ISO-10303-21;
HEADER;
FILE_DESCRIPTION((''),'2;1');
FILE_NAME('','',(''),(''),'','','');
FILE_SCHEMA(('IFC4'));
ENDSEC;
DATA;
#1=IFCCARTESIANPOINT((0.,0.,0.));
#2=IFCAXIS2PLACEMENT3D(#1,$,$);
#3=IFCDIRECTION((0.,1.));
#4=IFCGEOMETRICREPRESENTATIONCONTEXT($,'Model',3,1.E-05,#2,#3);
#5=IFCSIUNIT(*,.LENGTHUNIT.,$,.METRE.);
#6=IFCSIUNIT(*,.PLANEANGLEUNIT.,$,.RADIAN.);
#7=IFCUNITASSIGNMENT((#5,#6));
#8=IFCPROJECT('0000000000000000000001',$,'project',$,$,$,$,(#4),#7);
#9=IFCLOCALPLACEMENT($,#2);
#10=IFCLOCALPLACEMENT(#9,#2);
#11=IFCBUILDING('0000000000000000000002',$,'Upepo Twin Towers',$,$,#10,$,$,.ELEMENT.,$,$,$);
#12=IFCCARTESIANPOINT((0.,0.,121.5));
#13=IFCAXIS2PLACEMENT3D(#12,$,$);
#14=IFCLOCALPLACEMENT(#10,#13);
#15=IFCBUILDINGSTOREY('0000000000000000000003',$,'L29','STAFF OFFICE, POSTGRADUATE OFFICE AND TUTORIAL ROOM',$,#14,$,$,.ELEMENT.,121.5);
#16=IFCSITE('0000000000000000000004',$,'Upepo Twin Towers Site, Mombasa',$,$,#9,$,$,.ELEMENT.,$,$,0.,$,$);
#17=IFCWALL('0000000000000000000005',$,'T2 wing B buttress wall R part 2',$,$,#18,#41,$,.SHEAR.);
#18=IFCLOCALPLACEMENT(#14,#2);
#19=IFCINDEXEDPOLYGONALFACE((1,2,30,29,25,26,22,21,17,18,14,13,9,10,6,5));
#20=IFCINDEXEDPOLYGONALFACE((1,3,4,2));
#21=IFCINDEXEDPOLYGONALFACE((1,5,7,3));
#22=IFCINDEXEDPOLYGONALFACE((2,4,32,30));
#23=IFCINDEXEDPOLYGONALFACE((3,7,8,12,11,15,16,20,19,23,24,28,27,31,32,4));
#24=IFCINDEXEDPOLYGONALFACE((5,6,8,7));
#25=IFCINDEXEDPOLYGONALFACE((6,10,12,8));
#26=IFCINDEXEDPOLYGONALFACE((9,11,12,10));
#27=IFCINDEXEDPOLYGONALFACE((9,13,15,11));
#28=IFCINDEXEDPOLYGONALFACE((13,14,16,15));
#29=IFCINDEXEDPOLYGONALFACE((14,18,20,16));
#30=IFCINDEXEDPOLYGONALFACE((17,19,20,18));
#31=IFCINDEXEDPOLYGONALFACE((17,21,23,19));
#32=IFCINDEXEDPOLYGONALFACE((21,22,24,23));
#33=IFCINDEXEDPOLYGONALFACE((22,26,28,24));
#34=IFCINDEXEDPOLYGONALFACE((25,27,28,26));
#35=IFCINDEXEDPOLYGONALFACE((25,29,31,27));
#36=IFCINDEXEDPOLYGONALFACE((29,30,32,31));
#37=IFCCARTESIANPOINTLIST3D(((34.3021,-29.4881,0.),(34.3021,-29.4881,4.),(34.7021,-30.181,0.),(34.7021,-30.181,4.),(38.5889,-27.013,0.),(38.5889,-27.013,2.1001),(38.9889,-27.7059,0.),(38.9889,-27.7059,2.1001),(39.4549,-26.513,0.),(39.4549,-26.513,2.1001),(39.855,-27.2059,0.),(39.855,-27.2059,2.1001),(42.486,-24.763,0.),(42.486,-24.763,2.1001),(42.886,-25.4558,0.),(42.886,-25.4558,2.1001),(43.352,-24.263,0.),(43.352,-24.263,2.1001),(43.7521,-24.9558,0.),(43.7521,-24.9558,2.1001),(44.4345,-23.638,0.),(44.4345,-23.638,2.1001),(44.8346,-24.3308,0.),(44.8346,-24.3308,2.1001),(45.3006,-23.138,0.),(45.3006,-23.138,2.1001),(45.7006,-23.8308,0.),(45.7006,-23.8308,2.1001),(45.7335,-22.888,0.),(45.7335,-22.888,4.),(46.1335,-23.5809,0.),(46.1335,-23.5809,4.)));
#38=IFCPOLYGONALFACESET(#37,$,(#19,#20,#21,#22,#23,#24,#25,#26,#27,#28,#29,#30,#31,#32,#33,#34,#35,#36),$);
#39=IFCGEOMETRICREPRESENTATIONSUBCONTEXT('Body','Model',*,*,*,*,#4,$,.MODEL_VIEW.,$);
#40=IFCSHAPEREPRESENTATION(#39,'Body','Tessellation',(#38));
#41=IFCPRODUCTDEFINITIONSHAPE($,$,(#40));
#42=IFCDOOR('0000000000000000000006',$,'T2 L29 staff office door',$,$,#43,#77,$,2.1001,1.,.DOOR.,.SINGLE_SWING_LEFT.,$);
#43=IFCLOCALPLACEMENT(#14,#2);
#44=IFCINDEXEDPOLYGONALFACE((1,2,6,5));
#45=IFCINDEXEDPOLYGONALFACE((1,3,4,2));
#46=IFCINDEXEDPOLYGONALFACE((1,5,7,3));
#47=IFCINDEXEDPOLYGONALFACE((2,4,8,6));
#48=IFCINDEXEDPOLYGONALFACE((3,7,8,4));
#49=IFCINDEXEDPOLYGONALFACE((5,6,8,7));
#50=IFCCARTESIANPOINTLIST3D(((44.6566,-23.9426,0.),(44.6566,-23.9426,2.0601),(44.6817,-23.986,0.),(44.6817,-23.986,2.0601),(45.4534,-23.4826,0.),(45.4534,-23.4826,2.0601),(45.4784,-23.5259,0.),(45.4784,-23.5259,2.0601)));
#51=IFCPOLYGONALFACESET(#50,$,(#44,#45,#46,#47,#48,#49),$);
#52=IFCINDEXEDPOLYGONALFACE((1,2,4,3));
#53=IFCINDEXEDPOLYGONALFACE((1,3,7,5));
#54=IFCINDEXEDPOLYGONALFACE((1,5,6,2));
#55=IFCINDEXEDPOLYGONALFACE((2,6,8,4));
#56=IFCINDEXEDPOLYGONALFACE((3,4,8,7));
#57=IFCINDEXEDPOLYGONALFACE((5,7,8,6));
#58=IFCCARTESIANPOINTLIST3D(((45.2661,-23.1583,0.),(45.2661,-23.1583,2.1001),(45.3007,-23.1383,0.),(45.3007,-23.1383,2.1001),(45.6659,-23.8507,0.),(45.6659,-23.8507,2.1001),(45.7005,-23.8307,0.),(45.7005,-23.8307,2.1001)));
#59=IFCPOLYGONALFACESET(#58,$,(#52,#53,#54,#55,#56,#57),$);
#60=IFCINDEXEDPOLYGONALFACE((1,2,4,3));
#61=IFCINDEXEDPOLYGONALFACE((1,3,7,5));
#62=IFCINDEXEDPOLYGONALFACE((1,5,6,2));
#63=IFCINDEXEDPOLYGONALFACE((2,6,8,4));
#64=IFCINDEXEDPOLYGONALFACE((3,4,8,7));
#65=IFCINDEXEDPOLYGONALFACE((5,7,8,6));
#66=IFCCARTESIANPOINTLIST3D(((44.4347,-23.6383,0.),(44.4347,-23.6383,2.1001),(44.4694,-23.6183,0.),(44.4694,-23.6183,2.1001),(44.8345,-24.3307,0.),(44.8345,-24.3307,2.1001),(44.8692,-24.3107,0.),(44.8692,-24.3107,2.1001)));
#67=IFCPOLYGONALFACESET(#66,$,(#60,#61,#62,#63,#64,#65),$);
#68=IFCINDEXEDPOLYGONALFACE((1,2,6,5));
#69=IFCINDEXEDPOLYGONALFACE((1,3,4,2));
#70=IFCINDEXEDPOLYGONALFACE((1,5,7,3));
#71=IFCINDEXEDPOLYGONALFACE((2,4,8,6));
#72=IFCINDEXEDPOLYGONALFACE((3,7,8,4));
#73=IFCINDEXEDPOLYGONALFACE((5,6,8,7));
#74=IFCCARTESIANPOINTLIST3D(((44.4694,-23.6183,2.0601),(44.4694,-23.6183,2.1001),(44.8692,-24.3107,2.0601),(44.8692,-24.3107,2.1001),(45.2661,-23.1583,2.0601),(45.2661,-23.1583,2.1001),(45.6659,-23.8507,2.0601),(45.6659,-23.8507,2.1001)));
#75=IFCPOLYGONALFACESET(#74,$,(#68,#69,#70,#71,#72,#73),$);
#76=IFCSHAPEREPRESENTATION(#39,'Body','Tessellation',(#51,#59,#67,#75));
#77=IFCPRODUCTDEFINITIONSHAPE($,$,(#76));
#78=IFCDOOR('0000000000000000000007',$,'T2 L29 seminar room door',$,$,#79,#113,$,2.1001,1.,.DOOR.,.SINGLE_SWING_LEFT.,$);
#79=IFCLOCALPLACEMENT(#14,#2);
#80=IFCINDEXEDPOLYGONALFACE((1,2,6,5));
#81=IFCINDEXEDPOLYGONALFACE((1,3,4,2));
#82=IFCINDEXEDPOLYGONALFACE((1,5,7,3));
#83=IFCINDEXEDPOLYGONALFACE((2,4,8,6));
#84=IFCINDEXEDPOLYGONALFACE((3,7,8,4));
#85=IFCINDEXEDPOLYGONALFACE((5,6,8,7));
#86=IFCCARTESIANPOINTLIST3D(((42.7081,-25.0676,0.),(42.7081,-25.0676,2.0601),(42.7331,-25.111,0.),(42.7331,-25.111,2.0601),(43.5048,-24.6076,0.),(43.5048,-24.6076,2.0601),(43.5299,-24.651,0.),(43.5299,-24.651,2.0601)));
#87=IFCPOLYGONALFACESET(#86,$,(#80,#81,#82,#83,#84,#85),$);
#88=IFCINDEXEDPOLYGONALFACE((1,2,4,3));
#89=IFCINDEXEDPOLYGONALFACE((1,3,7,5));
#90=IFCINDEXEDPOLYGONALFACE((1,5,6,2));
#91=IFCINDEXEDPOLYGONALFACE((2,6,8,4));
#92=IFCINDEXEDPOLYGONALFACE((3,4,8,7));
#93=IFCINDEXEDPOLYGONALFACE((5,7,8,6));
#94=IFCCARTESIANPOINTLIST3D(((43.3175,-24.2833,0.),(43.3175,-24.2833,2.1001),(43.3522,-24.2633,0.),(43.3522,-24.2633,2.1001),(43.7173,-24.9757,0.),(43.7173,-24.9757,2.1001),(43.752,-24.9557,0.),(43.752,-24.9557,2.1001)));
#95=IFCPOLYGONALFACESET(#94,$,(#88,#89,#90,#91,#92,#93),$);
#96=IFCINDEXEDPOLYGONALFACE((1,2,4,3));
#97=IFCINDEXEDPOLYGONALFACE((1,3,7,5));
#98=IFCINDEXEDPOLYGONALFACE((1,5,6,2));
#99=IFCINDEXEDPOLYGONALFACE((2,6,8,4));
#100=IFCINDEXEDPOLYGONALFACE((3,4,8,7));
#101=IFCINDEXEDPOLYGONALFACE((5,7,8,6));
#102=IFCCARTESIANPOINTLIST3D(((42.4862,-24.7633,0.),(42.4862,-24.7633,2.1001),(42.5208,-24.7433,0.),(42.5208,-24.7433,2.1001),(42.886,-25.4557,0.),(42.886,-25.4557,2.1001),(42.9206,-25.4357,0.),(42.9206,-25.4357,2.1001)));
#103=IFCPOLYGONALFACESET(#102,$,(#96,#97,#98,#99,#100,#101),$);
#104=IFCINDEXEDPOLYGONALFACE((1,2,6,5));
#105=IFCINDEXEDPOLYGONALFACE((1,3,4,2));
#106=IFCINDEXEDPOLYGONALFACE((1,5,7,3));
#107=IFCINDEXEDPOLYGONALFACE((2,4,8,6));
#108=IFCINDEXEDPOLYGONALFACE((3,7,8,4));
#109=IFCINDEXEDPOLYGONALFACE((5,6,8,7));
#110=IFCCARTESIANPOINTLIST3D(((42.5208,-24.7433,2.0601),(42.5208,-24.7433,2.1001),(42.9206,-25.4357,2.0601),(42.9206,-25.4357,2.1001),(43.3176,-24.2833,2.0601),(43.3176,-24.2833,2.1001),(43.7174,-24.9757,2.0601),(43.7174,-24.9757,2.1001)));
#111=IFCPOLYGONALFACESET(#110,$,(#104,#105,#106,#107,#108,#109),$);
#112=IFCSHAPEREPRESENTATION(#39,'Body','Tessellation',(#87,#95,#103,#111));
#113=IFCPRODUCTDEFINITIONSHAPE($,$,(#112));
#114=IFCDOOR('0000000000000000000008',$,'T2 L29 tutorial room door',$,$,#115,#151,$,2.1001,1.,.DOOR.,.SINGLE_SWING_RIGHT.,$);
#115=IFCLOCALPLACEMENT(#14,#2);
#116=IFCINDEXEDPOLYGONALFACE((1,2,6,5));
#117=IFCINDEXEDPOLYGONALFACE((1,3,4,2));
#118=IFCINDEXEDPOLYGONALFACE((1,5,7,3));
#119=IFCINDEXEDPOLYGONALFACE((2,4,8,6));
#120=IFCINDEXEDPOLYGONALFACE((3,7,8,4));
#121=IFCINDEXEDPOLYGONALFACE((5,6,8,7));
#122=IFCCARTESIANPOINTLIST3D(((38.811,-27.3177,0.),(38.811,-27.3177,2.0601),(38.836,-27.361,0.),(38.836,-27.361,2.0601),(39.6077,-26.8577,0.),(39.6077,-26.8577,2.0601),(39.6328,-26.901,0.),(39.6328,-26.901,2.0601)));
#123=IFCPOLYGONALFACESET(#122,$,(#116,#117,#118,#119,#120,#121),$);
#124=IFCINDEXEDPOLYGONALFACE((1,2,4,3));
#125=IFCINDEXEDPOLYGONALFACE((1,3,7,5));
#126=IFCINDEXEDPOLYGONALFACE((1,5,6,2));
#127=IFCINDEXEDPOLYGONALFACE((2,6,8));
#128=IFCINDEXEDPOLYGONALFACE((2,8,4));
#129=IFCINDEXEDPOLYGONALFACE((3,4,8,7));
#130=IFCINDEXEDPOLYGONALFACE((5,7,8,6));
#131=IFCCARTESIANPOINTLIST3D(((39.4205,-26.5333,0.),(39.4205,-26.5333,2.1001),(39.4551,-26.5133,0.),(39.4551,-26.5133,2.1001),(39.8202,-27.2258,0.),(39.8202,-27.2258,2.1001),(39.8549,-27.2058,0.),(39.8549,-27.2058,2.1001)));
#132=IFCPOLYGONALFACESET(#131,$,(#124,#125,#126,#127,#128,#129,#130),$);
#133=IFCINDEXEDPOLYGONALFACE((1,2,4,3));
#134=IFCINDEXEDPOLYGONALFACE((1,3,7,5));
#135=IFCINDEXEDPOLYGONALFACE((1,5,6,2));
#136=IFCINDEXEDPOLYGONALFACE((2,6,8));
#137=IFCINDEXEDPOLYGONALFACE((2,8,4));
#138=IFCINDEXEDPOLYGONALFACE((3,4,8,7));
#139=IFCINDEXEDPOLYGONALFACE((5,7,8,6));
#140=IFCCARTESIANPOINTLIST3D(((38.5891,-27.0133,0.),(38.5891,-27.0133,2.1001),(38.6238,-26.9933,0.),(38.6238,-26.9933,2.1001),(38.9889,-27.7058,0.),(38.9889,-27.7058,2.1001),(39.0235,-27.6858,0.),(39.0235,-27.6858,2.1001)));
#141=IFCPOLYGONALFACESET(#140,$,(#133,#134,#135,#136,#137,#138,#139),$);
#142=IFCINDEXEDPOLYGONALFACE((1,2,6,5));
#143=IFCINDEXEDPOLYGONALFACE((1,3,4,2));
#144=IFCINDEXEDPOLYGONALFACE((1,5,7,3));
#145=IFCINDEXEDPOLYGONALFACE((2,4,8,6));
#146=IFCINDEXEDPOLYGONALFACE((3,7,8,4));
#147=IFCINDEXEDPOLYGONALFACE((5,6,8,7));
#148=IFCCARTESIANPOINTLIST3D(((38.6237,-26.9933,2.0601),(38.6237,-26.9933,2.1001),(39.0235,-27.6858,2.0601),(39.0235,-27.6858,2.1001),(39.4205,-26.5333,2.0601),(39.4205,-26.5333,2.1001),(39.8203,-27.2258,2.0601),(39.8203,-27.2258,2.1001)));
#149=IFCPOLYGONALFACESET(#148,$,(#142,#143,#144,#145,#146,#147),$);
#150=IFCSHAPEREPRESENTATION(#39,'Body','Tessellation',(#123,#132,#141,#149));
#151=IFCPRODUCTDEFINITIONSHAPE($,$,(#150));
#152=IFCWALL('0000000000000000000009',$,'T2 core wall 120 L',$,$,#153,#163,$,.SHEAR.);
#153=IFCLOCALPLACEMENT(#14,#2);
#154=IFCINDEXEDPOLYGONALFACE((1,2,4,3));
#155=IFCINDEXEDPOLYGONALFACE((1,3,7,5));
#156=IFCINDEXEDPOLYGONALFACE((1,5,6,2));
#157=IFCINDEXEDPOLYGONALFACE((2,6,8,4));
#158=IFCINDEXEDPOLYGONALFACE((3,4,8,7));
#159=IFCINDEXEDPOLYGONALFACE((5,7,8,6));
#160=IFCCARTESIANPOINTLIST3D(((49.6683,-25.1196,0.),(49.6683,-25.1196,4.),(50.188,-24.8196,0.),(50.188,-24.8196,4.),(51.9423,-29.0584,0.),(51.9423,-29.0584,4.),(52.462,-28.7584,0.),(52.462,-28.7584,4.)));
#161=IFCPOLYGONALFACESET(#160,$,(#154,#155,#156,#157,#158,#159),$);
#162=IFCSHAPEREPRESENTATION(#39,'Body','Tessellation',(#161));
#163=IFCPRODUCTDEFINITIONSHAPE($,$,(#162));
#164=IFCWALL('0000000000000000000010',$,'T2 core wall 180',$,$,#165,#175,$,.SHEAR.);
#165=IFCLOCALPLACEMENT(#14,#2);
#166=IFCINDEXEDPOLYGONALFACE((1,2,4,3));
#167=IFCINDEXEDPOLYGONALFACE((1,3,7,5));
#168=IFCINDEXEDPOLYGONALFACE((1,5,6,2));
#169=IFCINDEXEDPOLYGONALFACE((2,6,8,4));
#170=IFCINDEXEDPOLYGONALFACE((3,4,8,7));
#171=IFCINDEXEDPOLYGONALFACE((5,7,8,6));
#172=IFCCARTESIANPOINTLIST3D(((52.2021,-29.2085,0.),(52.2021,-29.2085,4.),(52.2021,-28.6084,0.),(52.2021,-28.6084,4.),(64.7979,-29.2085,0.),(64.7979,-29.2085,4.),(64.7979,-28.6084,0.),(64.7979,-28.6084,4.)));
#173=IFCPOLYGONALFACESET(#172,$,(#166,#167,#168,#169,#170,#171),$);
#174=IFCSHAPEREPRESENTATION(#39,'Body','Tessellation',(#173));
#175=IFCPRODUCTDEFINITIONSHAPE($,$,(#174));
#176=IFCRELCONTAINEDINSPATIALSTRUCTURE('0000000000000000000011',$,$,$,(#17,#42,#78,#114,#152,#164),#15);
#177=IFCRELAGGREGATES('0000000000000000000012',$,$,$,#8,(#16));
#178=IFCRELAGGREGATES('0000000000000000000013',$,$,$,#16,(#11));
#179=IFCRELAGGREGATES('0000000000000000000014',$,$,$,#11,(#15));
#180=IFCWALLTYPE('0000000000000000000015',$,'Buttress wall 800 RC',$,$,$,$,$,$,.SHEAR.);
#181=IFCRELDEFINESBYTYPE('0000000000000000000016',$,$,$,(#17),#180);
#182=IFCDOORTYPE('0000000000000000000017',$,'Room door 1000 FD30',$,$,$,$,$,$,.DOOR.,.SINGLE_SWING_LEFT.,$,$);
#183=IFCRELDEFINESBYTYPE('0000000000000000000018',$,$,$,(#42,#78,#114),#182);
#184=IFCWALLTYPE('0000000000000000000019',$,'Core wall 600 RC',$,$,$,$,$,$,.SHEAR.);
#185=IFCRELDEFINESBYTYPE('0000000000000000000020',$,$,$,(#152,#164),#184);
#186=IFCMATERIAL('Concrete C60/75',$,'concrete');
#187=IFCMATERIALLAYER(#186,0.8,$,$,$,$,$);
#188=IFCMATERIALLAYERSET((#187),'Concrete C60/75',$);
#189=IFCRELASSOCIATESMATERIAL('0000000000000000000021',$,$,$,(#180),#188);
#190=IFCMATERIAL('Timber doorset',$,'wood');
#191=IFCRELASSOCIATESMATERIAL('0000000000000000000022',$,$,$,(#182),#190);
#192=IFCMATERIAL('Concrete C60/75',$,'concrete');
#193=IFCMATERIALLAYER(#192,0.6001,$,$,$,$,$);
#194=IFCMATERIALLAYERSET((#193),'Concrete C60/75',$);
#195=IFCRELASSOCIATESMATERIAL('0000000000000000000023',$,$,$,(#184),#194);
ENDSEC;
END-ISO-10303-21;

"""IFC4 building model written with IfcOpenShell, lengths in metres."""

from ifc_helpers import new_model, si_unit, direction, frame, frame_2d, origin, place, context, subcontext, project, spatial, rectangle, extrude, material, layer, layer_set, type_object, element, fill, save


model = new_model("IFC4")

# Units and contexts
model_context = context("Model", 3, precision=1e-05, world=origin(), true_north=direction((0.0, 1.0)))
body_context = subcontext(model_context, "Body", "Model", "MODEL_VIEW")
ifc_project = project(units=[si_unit("LENGTHUNIT", "METRE"), si_unit("PLANEANGLEUNIT", "RADIAN")], contexts=[model_context])

# Site, building, storey
site_placement = place(None, origin())
site = spatial("IfcSite", under=ifc_project, at=site_placement, Name="Upepo Twin Towers Site, Mombasa", CompositionType="ELEMENT", RefElevation=0.0)
building_placement = place(site_placement, origin())
building = spatial("IfcBuilding", under=site, at=building_placement, Name="Upepo Twin Towers", CompositionType="ELEMENT")
storey_placement = place(building_placement, frame((0.0, 0.0, 121.5)))
storey = spatial("IfcBuildingStorey", under=building, at=storey_placement, Name="L29", Description="STAFF OFFICE, POSTGRADUATE OFFICE AND TUTORIAL ROOM", CompositionType="ELEMENT", Elevation=121.5)

# Wall, openings, doors
ifc_material_1 = material(Name="Concrete C60/75", Category="concrete")
ifc_layer_1 = layer(ifc_material_1, 0.8)
ifc_layer_set_1 = layer_set([ifc_layer_1], Name="Concrete C60/75")
wall_type_1 = type_object("IfcWallType", Name="Buttress wall 800 RC", PredefinedType="SHEAR", material=ifc_layer_set_1)
ifc_material_2 = material(Name="Timber doorset", Category="wood")
door_type_1 = type_object("IfcDoorType", Name="Room door 1000 FD30", OperationType="SINGLE_SWING_LEFT", PredefinedType="DOOR", material=ifc_material_2)
wall_1_placement = place(storey_placement, frame((45.9336, -23.2344, 0.0), z_axis=(0.0, 0.0, 1.0), x_axis=(-0.86602, -0.50001, 0.0)))
wall_1 = element("IfcWall", 1, at=wall_1_placement, inside=storey, type_object=wall_type_1, Name="T2 wing B buttress wall R part 2", PredefinedType="SHEAR", context=body_context, shape_type="SweptSolid", body=[
    extrude(rectangle(XDim=13.2, YDim=0.8, at=frame_2d((6.6001, 0.0))), origin(), (0.0, 0.0, 1.0), 4.0),
])
opening_1_placement = place(wall_1_placement, frame((0.5, 0.0, 0.0)))
opening_1 = element("IfcOpeningElement", 2, at=opening_1_placement, cuts=wall_1, PredefinedType="OPENING", context=body_context, shape_type="SweptSolid", body=[
    extrude(rectangle(XDim=1.0, YDim=2.1001, at=frame_2d((0.5, 1.05))), frame((0.0, 0.4099, 0.0), z_axis=(0.0, -1.0, 0.0), x_axis=(1.0, 0.0, 0.0)), (0.0, 0.0, 1.0), 0.8201),
])
opening_2_placement = place(wall_1_placement, frame((2.75, 0.0, 0.0)))
opening_2 = element("IfcOpeningElement", 3, at=opening_2_placement, cuts=wall_1, PredefinedType="OPENING", context=body_context, shape_type="SweptSolid", body=[
    extrude(rectangle(XDim=1.0, YDim=2.1001, at=frame_2d((0.5, 1.05))), frame((0.0, 0.4099, 0.0), z_axis=(0.0, -1.0, 0.0), x_axis=(1.0, 0.0, 0.0)), (0.0, 0.0, 1.0), 0.8201),
])
opening_3_placement = place(wall_1_placement, frame((7.25, 0.0, 0.0)))
opening_3 = element("IfcOpeningElement", 4, at=opening_3_placement, cuts=wall_1, PredefinedType="OPENING", context=body_context, shape_type="SweptSolid", body=[
    extrude(rectangle(XDim=1.0, YDim=2.1001, at=frame_2d((0.5, 1.05))), frame((0.0, 0.4099, 0.0), z_axis=(0.0, -1.0, 0.0), x_axis=(1.0, 0.0, 0.0)), (0.0, 0.0, 1.0), 0.8201),
])
door_1_placement = place(opening_1_placement, origin())
door_1 = element("IfcDoor", 5, at=door_1_placement, inside=storey, type_object=door_type_1, Name="T2 L29 staff office door", OperationType="SINGLE_SWING_LEFT", OverallHeight=2.1001, OverallWidth=1.0, PredefinedType="DOOR", context=body_context, shape_type="SweptSolid", body=[
    extrude(rectangle(XDim=0.92, YDim=2.0601, at=frame_2d((0.5, 1.03))), frame((0.0, 0.0249, 0.0), z_axis=(0.0, -1.0, 0.0), x_axis=(1.0, 0.0, 0.0)), (0.0, 0.0, 1.0), 0.05),
    extrude(rectangle(XDim=0.04, YDim=2.1001, at=frame_2d((0.02, 1.05))), frame((0.0, 0.3999, 0.0), z_axis=(0.0, -1.0, 0.0), x_axis=(1.0, 0.0, 0.0)), (0.0, 0.0, 1.0), 0.7996),
    extrude(rectangle(XDim=0.04, YDim=2.1001, at=frame_2d((0.98, 1.05))), frame((0.0, 0.3999, 0.0), z_axis=(0.0, -1.0, 0.0), x_axis=(1.0, 0.0, 0.0)), (0.0, 0.0, 1.0), 0.7996),
    extrude(rectangle(XDim=0.92, YDim=0.04, at=frame_2d((0.5, 2.0801))), frame((0.0, 0.3999, 0.0), z_axis=(0.0, -1.0, 0.0), x_axis=(1.0, 0.0, 0.0)), (0.0, 0.0, 1.0), 0.7996),
])
fill(opening_1, door_1)
door_2_placement = place(opening_2_placement, origin())
door_2 = element("IfcDoor", 6, at=door_2_placement, inside=storey, type_object=door_type_1, Name="T2 L29 seminar room door", OperationType="SINGLE_SWING_LEFT", OverallHeight=2.1001, OverallWidth=1.0, PredefinedType="DOOR", context=body_context, shape_type="SweptSolid", body=[
    extrude(rectangle(XDim=0.92, YDim=2.0601, at=frame_2d((0.5, 1.03))), frame((0.0, 0.0249, 0.0), z_axis=(0.0, -1.0, 0.0), x_axis=(1.0, 0.0, 0.0)), (0.0, 0.0, 1.0), 0.05),
    extrude(rectangle(XDim=0.04, YDim=2.1001, at=frame_2d((0.02, 1.05))), frame((0.0, 0.3999, 0.0), z_axis=(0.0, -1.0, 0.0), x_axis=(1.0, 0.0, 0.0)), (0.0, 0.0, 1.0), 0.7996),
    extrude(rectangle(XDim=0.04, YDim=2.1001, at=frame_2d((0.98, 1.05))), frame((0.0, 0.3999, 0.0), z_axis=(0.0, -1.0, 0.0), x_axis=(1.0, 0.0, 0.0)), (0.0, 0.0, 1.0), 0.7996),
    extrude(rectangle(XDim=0.92, YDim=0.04, at=frame_2d((0.5, 2.0801))), frame((0.0, 0.3999, 0.0), z_axis=(0.0, -1.0, 0.0), x_axis=(1.0, 0.0, 0.0)), (0.0, 0.0, 1.0), 0.7996),
])
fill(opening_2, door_2)
door_3_placement = place(opening_3_placement, origin())
door_3 = element("IfcDoor", 7, at=door_3_placement, inside=storey, type_object=door_type_1, Name="T2 L29 tutorial room door", OperationType="SINGLE_SWING_RIGHT", OverallHeight=2.1001, OverallWidth=1.0, PredefinedType="DOOR", context=body_context, shape_type="SweptSolid", body=[
    extrude(rectangle(XDim=0.92, YDim=2.0601, at=frame_2d((0.5, 1.03))), frame((0.0, 0.0249, 0.0), z_axis=(0.0, -1.0, 0.0), x_axis=(1.0, 0.0, 0.0)), (0.0, 0.0, 1.0), 0.05),
    extrude(rectangle(XDim=0.04, YDim=2.1001, at=frame_2d((0.02, 1.05))), frame((0.0, 0.3999, 0.0), z_axis=(0.0, -1.0, 0.0), x_axis=(1.0, 0.0, 0.0)), (0.0, 0.0, 1.0), 0.7996),
    extrude(rectangle(XDim=0.04, YDim=2.1001, at=frame_2d((0.98, 1.05))), frame((0.0, 0.3999, 0.0), z_axis=(0.0, -1.0, 0.0), x_axis=(1.0, 0.0, 0.0)), (0.0, 0.0, 1.0), 0.7996),
    extrude(rectangle(XDim=0.92, YDim=0.04, at=frame_2d((0.5, 2.0801))), frame((0.0, 0.3999, 0.0), z_axis=(0.0, -1.0, 0.0), x_axis=(1.0, 0.0, 0.0)), (0.0, 0.0, 1.0), 0.7996),
])
fill(opening_3, door_3)

# Walls
ifc_material_3 = material(Name="Concrete C60/75", Category="concrete")
ifc_layer_2 = layer(ifc_material_3, 0.6001)
ifc_layer_set_2 = layer_set([ifc_layer_2], Name="Concrete C60/75")
wall_type_2 = type_object("IfcWallType", Name="Core wall 600 RC", PredefinedType="SHEAR", material=ifc_layer_set_2)
wall_2_placement = place(storey_placement, frame((49.9282, -24.9697, 0.0), z_axis=(0.0, 0.0, 1.0), x_axis=(0.499984, -0.866035, 0.0)))
element("IfcWall", 8, at=wall_2_placement, inside=storey, type_object=wall_type_2, Name="T2 core wall 120 L", PredefinedType="SHEAR", context=body_context, shape_type="SweptSolid", body=[
    extrude(rectangle(XDim=4.5481, YDim=0.6001, at=frame_2d((2.2739, 0.0))), origin(), (0.0, 0.0, 1.0), 4.0),
])
wall_3_placement = place(storey_placement, frame((52.2021, -28.9084, 0.0), z_axis=(0.0, 0.0, 1.0), x_axis=(1.0, 0.0, 0.0)))
element("IfcWall", 9, at=wall_3_placement, inside=storey, type_object=wall_type_2, Name="T2 core wall 180", PredefinedType="SHEAR", context=body_context, shape_type="SweptSolid", body=[
    extrude(rectangle(XDim=12.5957, YDim=0.6001, at=frame_2d((6.2979, 0.0))), origin(), (0.0, 0.0, 1.0), 4.0),
])

save(model, "model.ifc")
